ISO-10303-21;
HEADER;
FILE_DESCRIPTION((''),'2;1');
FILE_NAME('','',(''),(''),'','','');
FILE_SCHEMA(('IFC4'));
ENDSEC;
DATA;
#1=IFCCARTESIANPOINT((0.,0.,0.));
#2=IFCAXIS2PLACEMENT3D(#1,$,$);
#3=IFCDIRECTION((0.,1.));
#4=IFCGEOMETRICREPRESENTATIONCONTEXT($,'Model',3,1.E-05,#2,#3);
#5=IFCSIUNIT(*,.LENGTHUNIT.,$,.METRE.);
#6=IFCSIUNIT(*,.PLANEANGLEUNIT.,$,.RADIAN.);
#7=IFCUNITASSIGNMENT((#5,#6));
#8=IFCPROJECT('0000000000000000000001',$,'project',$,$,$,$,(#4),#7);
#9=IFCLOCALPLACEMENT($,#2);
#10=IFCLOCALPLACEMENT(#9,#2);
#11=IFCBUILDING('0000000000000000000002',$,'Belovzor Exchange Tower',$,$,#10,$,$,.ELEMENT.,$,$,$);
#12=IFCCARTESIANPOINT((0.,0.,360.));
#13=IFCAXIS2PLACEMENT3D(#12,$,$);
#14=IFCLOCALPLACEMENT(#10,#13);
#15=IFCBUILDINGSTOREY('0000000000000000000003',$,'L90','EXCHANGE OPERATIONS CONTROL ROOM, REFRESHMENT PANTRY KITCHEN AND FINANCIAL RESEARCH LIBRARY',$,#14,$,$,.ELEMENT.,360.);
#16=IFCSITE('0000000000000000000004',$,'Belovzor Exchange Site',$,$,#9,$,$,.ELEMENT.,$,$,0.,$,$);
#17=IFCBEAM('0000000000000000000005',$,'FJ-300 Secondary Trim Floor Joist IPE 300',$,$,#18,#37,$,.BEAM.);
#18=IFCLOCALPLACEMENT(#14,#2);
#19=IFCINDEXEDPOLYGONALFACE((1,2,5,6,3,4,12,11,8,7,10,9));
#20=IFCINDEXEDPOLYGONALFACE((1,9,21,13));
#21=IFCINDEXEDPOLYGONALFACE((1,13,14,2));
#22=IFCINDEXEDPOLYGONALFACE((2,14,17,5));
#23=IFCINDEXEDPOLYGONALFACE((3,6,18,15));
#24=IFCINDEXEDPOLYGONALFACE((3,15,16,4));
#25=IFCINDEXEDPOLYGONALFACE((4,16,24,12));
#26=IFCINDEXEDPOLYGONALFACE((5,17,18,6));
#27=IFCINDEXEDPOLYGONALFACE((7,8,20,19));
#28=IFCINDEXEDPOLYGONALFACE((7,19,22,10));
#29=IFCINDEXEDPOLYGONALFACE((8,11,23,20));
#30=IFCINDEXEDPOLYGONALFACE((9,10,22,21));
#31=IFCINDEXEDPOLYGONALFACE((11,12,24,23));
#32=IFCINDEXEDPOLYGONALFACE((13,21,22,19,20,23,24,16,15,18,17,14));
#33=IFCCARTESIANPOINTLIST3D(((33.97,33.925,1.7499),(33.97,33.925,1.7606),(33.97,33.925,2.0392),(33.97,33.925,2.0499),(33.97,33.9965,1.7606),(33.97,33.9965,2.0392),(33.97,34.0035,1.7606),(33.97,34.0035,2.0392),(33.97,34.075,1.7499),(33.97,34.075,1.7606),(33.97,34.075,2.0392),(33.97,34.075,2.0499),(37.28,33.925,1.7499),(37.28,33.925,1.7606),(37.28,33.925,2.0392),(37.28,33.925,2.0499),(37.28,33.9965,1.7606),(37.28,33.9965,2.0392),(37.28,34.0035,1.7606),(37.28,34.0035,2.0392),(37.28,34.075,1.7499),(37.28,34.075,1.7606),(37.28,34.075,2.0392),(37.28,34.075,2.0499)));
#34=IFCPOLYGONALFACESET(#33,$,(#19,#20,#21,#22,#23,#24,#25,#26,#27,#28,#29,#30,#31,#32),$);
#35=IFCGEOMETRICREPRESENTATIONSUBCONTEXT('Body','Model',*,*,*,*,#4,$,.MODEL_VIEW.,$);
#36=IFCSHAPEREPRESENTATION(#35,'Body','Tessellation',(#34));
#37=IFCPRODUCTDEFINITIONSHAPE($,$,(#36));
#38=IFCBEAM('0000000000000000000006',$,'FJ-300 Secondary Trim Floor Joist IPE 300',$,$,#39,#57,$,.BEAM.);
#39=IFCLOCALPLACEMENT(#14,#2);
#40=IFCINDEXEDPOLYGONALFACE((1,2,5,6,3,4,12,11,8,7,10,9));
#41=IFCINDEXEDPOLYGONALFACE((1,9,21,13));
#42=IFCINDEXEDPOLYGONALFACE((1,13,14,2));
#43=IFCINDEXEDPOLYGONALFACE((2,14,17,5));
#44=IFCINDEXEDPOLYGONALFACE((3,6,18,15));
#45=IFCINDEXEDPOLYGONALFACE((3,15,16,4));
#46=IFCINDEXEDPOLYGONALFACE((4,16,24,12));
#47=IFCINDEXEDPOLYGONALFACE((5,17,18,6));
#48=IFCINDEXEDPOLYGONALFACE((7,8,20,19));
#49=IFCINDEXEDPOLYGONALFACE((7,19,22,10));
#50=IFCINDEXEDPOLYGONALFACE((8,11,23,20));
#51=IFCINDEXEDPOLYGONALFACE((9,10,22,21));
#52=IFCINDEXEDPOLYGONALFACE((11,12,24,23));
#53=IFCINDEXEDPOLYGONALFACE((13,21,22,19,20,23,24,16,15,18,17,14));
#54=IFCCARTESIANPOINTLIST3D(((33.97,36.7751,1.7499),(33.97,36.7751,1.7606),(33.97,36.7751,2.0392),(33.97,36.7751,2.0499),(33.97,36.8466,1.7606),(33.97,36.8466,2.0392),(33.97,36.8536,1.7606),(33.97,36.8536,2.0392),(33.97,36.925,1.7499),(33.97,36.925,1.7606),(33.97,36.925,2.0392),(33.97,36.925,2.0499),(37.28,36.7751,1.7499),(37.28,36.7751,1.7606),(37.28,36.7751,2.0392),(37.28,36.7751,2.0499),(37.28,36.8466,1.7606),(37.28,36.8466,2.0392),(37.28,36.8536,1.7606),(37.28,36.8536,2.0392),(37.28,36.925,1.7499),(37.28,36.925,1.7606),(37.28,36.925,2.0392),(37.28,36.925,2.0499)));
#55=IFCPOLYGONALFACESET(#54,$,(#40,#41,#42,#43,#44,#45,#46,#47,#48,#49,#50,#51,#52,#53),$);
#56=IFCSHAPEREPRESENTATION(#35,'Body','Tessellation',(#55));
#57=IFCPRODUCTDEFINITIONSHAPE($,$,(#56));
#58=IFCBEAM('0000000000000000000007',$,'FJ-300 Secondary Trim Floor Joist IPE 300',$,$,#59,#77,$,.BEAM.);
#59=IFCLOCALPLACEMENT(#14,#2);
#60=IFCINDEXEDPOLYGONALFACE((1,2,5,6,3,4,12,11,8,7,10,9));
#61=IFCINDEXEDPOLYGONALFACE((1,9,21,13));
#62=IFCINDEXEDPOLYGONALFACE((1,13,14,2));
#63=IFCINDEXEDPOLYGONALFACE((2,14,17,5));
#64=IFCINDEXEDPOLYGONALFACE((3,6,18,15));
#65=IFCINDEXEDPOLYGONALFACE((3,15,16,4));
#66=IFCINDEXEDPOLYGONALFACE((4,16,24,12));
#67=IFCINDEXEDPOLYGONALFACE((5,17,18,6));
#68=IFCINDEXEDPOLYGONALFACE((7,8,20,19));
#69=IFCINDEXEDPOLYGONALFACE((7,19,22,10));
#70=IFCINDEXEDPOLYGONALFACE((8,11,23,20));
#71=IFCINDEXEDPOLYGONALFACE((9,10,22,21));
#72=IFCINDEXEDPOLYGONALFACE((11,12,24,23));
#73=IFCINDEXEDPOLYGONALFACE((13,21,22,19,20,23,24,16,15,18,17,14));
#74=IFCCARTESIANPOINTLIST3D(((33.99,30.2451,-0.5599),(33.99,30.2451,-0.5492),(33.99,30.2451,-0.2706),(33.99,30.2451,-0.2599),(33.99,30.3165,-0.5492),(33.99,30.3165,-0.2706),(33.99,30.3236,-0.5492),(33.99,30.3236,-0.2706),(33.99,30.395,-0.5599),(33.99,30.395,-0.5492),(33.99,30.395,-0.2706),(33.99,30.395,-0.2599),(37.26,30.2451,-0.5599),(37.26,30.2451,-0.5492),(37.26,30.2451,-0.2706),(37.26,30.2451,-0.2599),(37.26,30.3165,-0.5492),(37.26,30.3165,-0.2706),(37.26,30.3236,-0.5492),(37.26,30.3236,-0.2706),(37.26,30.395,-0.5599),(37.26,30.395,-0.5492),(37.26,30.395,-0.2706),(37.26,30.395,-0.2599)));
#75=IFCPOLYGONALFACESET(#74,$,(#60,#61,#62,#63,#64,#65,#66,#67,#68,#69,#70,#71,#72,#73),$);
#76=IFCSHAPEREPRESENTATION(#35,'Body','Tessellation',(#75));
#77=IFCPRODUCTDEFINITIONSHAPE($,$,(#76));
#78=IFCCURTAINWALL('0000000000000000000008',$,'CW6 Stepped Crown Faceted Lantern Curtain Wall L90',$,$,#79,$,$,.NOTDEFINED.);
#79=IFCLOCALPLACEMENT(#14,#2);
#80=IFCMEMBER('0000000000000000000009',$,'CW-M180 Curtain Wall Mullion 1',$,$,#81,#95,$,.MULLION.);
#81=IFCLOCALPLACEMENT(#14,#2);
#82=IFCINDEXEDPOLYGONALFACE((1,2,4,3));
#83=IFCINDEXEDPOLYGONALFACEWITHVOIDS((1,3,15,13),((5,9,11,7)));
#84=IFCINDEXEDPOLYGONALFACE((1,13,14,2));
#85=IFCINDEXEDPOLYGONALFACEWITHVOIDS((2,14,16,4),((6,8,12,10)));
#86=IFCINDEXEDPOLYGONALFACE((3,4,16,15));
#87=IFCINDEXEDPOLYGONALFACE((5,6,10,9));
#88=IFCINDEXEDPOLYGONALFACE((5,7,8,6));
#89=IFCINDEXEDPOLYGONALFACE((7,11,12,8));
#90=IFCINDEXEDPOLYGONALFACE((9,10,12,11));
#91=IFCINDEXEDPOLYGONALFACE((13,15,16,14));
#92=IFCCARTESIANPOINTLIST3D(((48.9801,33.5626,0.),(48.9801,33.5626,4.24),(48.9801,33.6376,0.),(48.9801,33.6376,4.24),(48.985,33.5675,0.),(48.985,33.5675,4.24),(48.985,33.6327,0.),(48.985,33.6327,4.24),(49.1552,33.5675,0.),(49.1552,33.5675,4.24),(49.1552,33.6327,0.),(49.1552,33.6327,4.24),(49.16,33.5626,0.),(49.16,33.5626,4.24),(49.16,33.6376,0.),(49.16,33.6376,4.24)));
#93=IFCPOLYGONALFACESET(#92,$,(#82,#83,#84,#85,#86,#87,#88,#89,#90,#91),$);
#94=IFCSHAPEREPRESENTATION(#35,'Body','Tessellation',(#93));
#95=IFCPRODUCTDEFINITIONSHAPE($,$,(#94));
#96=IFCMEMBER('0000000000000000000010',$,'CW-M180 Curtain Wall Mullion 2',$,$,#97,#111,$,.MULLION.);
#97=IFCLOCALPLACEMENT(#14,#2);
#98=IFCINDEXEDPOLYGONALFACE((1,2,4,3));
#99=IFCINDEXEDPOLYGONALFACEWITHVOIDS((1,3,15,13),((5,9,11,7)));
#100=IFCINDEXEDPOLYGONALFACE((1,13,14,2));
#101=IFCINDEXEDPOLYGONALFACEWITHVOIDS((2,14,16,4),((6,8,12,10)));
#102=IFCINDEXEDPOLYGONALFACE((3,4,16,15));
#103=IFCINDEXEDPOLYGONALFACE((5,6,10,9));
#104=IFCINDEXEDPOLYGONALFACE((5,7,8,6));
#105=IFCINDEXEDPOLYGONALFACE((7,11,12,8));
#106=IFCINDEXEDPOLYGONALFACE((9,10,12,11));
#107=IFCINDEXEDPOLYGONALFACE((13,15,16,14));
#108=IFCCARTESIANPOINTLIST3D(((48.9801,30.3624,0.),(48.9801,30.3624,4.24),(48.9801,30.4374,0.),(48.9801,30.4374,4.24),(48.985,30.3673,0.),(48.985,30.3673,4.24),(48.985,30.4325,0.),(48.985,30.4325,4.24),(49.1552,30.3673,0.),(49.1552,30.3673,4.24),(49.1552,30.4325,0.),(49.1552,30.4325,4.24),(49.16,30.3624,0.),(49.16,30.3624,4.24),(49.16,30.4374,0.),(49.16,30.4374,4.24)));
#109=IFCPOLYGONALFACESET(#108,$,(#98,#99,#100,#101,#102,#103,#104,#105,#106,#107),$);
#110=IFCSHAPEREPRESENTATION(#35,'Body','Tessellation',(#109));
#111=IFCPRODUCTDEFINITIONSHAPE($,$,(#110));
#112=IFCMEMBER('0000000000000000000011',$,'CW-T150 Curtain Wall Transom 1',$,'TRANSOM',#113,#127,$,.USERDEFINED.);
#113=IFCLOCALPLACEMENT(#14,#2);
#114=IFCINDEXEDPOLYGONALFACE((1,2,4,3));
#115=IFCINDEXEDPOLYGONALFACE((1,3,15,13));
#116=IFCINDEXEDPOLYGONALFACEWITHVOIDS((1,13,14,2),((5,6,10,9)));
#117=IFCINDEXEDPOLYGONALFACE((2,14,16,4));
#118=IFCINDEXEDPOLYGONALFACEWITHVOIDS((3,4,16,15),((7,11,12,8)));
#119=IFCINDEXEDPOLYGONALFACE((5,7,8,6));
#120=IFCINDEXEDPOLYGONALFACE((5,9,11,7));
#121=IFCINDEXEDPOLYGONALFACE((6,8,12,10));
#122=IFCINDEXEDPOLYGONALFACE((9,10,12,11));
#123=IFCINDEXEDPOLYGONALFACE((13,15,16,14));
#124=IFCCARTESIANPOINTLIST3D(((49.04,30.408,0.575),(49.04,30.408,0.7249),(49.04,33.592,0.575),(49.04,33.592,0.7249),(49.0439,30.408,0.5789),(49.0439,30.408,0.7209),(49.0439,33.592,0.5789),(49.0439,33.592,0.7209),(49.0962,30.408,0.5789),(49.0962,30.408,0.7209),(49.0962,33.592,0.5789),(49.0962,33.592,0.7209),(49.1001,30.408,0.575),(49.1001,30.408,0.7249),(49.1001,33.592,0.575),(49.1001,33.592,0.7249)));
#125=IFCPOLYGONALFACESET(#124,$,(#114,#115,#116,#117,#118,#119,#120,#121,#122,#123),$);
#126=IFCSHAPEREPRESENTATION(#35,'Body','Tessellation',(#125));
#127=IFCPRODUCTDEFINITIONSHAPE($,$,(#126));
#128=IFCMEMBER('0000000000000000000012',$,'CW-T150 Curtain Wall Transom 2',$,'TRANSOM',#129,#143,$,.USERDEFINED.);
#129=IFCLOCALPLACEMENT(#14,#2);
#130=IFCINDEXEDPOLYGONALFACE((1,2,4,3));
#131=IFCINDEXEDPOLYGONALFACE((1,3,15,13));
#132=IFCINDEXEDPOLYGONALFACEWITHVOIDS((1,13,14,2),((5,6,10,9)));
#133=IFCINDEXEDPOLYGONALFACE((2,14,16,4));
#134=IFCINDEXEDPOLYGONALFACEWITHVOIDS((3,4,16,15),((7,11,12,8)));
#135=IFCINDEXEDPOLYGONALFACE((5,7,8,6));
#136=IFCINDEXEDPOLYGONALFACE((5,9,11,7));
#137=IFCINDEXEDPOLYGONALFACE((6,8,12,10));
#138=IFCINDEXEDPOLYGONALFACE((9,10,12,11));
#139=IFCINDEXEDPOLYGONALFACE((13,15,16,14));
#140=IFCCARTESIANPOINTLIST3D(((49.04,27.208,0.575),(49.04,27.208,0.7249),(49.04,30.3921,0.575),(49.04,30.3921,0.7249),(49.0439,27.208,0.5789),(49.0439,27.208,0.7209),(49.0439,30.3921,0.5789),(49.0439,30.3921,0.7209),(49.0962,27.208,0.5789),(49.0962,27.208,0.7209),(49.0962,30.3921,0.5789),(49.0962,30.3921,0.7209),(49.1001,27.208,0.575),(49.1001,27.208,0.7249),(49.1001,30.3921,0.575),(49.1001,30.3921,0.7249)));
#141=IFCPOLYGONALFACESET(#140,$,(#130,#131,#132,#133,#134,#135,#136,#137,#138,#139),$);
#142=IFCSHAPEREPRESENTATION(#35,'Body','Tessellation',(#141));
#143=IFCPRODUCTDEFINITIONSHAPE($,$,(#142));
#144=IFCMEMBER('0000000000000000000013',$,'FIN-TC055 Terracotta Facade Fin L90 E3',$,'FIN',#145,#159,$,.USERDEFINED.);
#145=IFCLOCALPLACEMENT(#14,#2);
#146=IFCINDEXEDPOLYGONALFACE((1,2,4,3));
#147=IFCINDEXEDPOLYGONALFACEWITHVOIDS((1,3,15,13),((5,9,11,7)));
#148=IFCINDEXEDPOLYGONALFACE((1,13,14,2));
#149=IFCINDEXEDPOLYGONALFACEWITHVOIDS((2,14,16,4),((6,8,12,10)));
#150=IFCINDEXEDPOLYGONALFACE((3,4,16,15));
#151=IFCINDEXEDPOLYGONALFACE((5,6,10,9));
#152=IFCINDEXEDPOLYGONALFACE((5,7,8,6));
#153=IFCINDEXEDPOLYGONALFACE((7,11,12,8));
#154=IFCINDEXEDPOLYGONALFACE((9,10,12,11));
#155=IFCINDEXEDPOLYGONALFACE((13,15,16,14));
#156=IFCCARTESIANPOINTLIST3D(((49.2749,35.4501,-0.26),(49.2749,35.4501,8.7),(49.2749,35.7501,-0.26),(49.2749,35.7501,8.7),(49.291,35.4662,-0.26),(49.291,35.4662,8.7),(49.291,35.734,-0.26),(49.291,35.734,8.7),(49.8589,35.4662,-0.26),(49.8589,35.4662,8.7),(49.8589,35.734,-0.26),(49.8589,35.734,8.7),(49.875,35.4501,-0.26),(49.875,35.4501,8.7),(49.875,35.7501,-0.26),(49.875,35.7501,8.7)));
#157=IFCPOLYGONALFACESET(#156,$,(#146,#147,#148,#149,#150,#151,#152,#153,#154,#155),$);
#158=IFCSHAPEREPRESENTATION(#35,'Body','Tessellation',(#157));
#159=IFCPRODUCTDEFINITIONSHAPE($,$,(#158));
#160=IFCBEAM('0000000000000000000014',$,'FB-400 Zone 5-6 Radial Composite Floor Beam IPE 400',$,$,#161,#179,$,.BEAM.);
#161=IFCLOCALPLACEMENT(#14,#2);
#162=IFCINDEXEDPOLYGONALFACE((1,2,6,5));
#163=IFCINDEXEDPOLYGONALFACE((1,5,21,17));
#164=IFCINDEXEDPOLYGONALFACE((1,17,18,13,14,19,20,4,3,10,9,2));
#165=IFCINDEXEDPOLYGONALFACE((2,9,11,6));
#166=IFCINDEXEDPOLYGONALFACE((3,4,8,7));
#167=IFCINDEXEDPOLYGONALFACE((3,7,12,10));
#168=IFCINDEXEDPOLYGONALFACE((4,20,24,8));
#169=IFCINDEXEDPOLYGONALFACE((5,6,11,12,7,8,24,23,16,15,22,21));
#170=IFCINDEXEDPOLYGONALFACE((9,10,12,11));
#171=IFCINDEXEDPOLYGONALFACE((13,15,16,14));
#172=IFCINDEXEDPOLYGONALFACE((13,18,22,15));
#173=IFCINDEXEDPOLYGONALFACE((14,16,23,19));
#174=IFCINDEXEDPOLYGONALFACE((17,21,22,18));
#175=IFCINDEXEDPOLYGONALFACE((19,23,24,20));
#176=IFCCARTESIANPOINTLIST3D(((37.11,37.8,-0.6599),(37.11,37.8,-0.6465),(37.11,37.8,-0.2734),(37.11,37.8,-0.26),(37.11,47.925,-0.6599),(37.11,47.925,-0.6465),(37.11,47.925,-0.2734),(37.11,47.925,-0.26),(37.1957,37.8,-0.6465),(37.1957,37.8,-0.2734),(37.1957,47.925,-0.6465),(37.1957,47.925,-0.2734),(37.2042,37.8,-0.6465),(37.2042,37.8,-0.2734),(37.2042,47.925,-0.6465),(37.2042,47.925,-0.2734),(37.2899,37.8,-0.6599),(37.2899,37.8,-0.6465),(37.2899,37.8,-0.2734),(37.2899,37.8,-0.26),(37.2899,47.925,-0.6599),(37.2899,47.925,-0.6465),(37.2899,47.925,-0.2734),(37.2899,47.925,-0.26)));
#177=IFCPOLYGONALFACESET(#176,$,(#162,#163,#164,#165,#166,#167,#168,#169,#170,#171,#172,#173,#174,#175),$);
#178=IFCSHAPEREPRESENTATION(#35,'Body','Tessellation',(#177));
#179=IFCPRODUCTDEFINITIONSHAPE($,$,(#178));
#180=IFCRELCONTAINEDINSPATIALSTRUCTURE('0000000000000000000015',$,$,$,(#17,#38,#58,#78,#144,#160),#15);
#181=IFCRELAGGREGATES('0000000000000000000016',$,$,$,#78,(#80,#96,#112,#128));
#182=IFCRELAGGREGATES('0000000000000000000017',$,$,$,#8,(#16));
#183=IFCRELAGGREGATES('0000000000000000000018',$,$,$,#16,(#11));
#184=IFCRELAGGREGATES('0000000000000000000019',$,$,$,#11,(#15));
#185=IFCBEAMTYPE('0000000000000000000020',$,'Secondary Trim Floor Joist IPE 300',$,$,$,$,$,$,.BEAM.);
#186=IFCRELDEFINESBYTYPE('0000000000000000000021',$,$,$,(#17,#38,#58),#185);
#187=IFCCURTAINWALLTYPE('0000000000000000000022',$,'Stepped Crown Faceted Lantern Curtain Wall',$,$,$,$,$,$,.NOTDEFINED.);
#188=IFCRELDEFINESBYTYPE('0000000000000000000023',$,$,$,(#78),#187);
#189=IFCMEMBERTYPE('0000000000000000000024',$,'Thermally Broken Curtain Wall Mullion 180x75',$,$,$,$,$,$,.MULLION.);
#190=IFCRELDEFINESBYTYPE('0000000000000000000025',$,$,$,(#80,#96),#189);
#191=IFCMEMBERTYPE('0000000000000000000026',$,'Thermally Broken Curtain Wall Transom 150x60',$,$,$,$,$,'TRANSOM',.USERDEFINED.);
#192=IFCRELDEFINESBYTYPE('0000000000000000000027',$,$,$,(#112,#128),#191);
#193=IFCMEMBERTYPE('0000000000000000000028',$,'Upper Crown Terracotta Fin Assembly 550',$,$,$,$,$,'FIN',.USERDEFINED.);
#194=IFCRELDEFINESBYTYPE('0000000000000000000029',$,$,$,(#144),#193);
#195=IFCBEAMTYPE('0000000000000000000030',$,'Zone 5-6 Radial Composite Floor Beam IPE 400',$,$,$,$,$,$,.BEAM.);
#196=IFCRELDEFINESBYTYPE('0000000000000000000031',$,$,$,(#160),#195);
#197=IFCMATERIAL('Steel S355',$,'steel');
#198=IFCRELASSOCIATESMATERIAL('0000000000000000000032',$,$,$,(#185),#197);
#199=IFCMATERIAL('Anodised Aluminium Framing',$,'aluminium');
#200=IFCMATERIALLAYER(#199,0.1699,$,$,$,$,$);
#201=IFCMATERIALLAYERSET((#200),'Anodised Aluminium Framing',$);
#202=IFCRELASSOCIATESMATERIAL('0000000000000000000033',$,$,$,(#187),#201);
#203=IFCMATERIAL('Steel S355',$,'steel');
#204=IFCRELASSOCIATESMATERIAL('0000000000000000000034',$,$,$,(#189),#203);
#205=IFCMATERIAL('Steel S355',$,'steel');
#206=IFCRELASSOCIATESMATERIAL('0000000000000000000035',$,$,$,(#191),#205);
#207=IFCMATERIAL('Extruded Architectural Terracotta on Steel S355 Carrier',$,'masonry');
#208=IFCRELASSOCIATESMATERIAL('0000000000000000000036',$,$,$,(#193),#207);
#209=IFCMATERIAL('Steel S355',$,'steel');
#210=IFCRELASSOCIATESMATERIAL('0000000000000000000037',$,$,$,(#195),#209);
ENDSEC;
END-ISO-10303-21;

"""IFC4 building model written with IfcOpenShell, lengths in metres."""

from ifc_helpers import new_model, si_unit, direction, frame, origin, origin_2d, place, context, subcontext, project, spatial, hollow_rectangle, i_section, extrude, material, layer, layer_set, material_profile, profile_set, type_object, element, aggregate, save


model = new_model("IFC4")

# Units and contexts
model_context = context("Model", 3, precision=1e-05, world=origin(), true_north=direction((0.0, 1.0)))
body_context = subcontext(model_context, "Body", "Model", "MODEL_VIEW")
ifc_project = project(units=[si_unit("LENGTHUNIT", "METRE"), si_unit("PLANEANGLEUNIT", "RADIAN")], contexts=[model_context])

# Site, building, storey
site_placement = place(None, origin())
site = spatial("IfcSite", under=ifc_project, at=site_placement, Name="Belovzor Exchange Site", CompositionType="ELEMENT", RefElevation=0.0)
building_placement = place(site_placement, origin())
building = spatial("IfcBuilding", under=site, at=building_placement, Name="Belovzor Exchange Tower", CompositionType="ELEMENT")
storey_placement = place(building_placement, frame((0.0, 0.0, 360.0)))
storey = spatial("IfcBuildingStorey", under=building, at=storey_placement, Name="L90", Description="EXCHANGE OPERATIONS CONTROL ROOM, REFRESHMENT PANTRY KITCHEN AND FINANCIAL RESEARCH LIBRARY", CompositionType="ELEMENT", Elevation=360.0)

# Beams
ifc_material_1 = material(Name="Steel S355", Category="steel")
ifc_material_profile_1 = material_profile(ifc_material_1, i_section(OverallWidth=0.1499, OverallDepth=0.3, WebThickness=0.0071, FlangeThickness=0.0107, at=origin_2d()))
ifc_profile_set_1 = profile_set([ifc_material_profile_1], Name="Steel S355")
beam_type_1 = type_object("IfcBeamType", Name="Secondary Trim Floor Joist IPE 300", PredefinedType="BEAM", material=ifc_profile_set_1)
for number, where, z_axis, x_axis, name in (
    (1, (37.28, 34.0, 1.8999), (-1.0, 0.0, 0.0), (0.0, -1.0, 0.0), "FJ-300 Secondary Trim Floor Joist IPE 300"),
    (2, (37.28, 36.8501, 1.8999), (-1.0, 0.0, 0.0), (0.0, -1.0, 0.0), "FJ-300 Secondary Trim Floor Joist IPE 300"),
):
    element("IfcBeam", number, at=place(storey_placement, frame(where, z_axis=z_axis, x_axis=x_axis)), inside=storey, type_object=beam_type_1, Name=name, PredefinedType="BEAM", context=body_context, shape_type="SweptSolid", body=[
        extrude(i_section(OverallWidth=0.1499, OverallDepth=0.3, WebThickness=0.0071, FlangeThickness=0.0107, at=origin_2d()), origin(), (0.0, 0.0, 1.0), 3.3101),
    ])
beam_placement = place(storey_placement, frame((37.26, 30.3201, -0.4099), z_axis=(-1.0, 0.0, 0.0), x_axis=(0.0, -1.0, 0.0)))
element("IfcBeam", 3, at=beam_placement, inside=storey, type_object=beam_type_1, Name="FJ-300 Secondary Trim Floor Joist IPE 300", PredefinedType="BEAM", context=body_context, shape_type="SweptSolid", body=[
    extrude(i_section(OverallWidth=0.1499, OverallDepth=0.3, WebThickness=0.0071, FlangeThickness=0.0107, at=origin_2d()), origin(), (0.0, 0.0, 1.0), 3.27),
])

# Curtain wall, members
ifc_material_2 = material(Name="Anodised Aluminium Framing", Category="aluminium")
ifc_layer_1 = layer(ifc_material_2, 0.1699)
ifc_layer_set_1 = layer_set([ifc_layer_1], Name="Anodised Aluminium Framing")
curtain_wall_type = type_object("IfcCurtainWallType", Name="Stepped Crown Faceted Lantern Curtain Wall", PredefinedType="NOTDEFINED", material=ifc_layer_set_1)
curtain_wall_placement = place(storey_placement, origin())
curtain_wall = element("IfcCurtainWall", 4, at=curtain_wall_placement, inside=storey, type_object=curtain_wall_type, Name="CW6 Stepped Crown Faceted Lantern Curtain Wall L90", PredefinedType="NOTDEFINED")
ifc_material_3 = material(Name="Steel S355", Category="steel")
ifc_material_profile_2 = material_profile(ifc_material_3, hollow_rectangle(XDim=0.075, YDim=0.1799, WallThickness=0.0049, at=origin_2d()))
ifc_profile_set_2 = profile_set([ifc_material_profile_2], Name="Steel S355")
member_type_1 = type_object("IfcMemberType", Name="Thermally Broken Curtain Wall Mullion 180x75", PredefinedType="MULLION", material=ifc_profile_set_2)
member_1_placement = place(storey_placement, frame((49.0701, 33.6001, 0.0), z_axis=(0.0, 0.0, 1.0), x_axis=(0.0, -1.0, 0.0)))
member_1 = element("IfcMember", 5, at=member_1_placement, type_object=member_type_1, Name="CW-M180 Curtain Wall Mullion 1", PredefinedType="MULLION", context=body_context, shape_type="SweptSolid", body=[
    extrude(hollow_rectangle(XDim=0.075, YDim=0.1799, WallThickness=0.0049, at=origin_2d()), origin(), (0.0, 0.0, 1.0), 4.24),
])
member_2_placement = place(storey_placement, frame((49.0701, 30.3999, 0.0), z_axis=(0.0, 0.0, 1.0), x_axis=(0.0, -1.0, 0.0)))
member_2 = element("IfcMember", 6, at=member_2_placement, type_object=member_type_1, Name="CW-M180 Curtain Wall Mullion 2", PredefinedType="MULLION", context=body_context, shape_type="SweptSolid", body=[
    extrude(hollow_rectangle(XDim=0.075, YDim=0.1799, WallThickness=0.0049, at=origin_2d()), origin(), (0.0, 0.0, 1.0), 4.24),
])
ifc_material_4 = material(Name="Steel S355", Category="steel")
ifc_material_profile_3 = material_profile(ifc_material_4, hollow_rectangle(XDim=0.0601, YDim=0.1499, WallThickness=0.0039, at=origin_2d()))
ifc_profile_set_3 = profile_set([ifc_material_profile_3], Name="Steel S355")
member_type_2 = type_object("IfcMemberType", Name="Thermally Broken Curtain Wall Transom 150x60", ElementType="TRANSOM", PredefinedType="USERDEFINED", material=ifc_profile_set_3)
member_3_placement = place(storey_placement, frame((49.0701, 33.592, 0.6499), z_axis=(0.0, -1.0, 0.0), x_axis=(1.0, 0.0, 0.0)))
member_3 = element("IfcMember", 7, at=member_3_placement, type_object=member_type_2, Name="CW-T150 Curtain Wall Transom 1", ObjectType="TRANSOM", PredefinedType="USERDEFINED", context=body_context, shape_type="SweptSolid", body=[
    extrude(hollow_rectangle(XDim=0.0601, YDim=0.1499, WallThickness=0.0039, at=origin_2d()), origin(), (0.0, 0.0, 1.0), 3.1841),
])
member_4_placement = place(storey_placement, frame((49.0701, 30.3921, 0.6499), z_axis=(0.0, -1.0, 0.0), x_axis=(1.0, 0.0, 0.0)))
member_4 = element("IfcMember", 8, at=member_4_placement, type_object=member_type_2, Name="CW-T150 Curtain Wall Transom 2", ObjectType="TRANSOM", PredefinedType="USERDEFINED", context=body_context, shape_type="SweptSolid", body=[
    extrude(hollow_rectangle(XDim=0.0601, YDim=0.1499, WallThickness=0.0039, at=origin_2d()), origin(), (0.0, 0.0, 1.0), 3.1841),
])

# Member
ifc_material_5 = material(Name="Extruded Architectural Terracotta on Steel S355 Carrier", Category="masonry")
ifc_material_profile_4 = material_profile(ifc_material_5, hollow_rectangle(XDim=0.3, YDim=0.6001, WallThickness=0.0161, at=origin_2d()))
ifc_profile_set_4 = profile_set([ifc_material_profile_4], Name="Extruded Architectural Terracotta on Steel S355 Carrier")
member_type_3 = type_object("IfcMemberType", Name="Upper Crown Terracotta Fin Assembly 550", ElementType="FIN", PredefinedType="USERDEFINED", material=ifc_profile_set_4)
member_5_placement = place(storey_placement, frame((49.575, 35.6001, -0.26), z_axis=(0.0, 0.0, 1.0), x_axis=(0.0, 1.0, 0.0)))
element("IfcMember", 9, at=member_5_placement, inside=storey, type_object=member_type_3, Name="FIN-TC055 Terracotta Facade Fin L90 E3", ObjectType="FIN", PredefinedType="USERDEFINED", context=body_context, shape_type="SweptSolid", body=[
    extrude(hollow_rectangle(XDim=0.3, YDim=0.6001, WallThickness=0.0161, at=origin_2d()), origin(), (0.0, 0.0, 1.0), 8.96),
])

# Beam
ifc_material_6 = material(Name="Steel S355", Category="steel")
ifc_material_profile_5 = material_profile(ifc_material_6, i_section(OverallWidth=0.1799, OverallDepth=0.3999, WebThickness=0.0085, FlangeThickness=0.0134, at=origin_2d()))
ifc_profile_set_5 = profile_set([ifc_material_profile_5], Name="Steel S355")
beam_type_2 = type_object("IfcBeamType", Name="Zone 5-6 Radial Composite Floor Beam IPE 400", PredefinedType="BEAM", material=ifc_profile_set_5)
for number, where, z_axis, x_axis, name in (
    (10, (37.2, 37.8, -0.46), (0.0, 1.0, 0.0), (-1.0, 0.0, 0.0), "FB-400 Zone 5-6 Radial Composite Floor Beam IPE 400"),
):
    element("IfcBeam", number, at=place(storey_placement, frame(where, z_axis=z_axis, x_axis=x_axis)), inside=storey, type_object=beam_type_2, Name=name, PredefinedType="BEAM", context=body_context, shape_type="SweptSolid", body=[
        extrude(i_section(OverallWidth=0.1799, OverallDepth=0.3999, WebThickness=0.0085, FlangeThickness=0.0134, at=origin_2d()), origin(), (0.0, 0.0, 1.0), 10.125),
    ])

aggregate(curtain_wall, [member_1, member_2, member_3, member_4])

save(model, "model.ifc")
